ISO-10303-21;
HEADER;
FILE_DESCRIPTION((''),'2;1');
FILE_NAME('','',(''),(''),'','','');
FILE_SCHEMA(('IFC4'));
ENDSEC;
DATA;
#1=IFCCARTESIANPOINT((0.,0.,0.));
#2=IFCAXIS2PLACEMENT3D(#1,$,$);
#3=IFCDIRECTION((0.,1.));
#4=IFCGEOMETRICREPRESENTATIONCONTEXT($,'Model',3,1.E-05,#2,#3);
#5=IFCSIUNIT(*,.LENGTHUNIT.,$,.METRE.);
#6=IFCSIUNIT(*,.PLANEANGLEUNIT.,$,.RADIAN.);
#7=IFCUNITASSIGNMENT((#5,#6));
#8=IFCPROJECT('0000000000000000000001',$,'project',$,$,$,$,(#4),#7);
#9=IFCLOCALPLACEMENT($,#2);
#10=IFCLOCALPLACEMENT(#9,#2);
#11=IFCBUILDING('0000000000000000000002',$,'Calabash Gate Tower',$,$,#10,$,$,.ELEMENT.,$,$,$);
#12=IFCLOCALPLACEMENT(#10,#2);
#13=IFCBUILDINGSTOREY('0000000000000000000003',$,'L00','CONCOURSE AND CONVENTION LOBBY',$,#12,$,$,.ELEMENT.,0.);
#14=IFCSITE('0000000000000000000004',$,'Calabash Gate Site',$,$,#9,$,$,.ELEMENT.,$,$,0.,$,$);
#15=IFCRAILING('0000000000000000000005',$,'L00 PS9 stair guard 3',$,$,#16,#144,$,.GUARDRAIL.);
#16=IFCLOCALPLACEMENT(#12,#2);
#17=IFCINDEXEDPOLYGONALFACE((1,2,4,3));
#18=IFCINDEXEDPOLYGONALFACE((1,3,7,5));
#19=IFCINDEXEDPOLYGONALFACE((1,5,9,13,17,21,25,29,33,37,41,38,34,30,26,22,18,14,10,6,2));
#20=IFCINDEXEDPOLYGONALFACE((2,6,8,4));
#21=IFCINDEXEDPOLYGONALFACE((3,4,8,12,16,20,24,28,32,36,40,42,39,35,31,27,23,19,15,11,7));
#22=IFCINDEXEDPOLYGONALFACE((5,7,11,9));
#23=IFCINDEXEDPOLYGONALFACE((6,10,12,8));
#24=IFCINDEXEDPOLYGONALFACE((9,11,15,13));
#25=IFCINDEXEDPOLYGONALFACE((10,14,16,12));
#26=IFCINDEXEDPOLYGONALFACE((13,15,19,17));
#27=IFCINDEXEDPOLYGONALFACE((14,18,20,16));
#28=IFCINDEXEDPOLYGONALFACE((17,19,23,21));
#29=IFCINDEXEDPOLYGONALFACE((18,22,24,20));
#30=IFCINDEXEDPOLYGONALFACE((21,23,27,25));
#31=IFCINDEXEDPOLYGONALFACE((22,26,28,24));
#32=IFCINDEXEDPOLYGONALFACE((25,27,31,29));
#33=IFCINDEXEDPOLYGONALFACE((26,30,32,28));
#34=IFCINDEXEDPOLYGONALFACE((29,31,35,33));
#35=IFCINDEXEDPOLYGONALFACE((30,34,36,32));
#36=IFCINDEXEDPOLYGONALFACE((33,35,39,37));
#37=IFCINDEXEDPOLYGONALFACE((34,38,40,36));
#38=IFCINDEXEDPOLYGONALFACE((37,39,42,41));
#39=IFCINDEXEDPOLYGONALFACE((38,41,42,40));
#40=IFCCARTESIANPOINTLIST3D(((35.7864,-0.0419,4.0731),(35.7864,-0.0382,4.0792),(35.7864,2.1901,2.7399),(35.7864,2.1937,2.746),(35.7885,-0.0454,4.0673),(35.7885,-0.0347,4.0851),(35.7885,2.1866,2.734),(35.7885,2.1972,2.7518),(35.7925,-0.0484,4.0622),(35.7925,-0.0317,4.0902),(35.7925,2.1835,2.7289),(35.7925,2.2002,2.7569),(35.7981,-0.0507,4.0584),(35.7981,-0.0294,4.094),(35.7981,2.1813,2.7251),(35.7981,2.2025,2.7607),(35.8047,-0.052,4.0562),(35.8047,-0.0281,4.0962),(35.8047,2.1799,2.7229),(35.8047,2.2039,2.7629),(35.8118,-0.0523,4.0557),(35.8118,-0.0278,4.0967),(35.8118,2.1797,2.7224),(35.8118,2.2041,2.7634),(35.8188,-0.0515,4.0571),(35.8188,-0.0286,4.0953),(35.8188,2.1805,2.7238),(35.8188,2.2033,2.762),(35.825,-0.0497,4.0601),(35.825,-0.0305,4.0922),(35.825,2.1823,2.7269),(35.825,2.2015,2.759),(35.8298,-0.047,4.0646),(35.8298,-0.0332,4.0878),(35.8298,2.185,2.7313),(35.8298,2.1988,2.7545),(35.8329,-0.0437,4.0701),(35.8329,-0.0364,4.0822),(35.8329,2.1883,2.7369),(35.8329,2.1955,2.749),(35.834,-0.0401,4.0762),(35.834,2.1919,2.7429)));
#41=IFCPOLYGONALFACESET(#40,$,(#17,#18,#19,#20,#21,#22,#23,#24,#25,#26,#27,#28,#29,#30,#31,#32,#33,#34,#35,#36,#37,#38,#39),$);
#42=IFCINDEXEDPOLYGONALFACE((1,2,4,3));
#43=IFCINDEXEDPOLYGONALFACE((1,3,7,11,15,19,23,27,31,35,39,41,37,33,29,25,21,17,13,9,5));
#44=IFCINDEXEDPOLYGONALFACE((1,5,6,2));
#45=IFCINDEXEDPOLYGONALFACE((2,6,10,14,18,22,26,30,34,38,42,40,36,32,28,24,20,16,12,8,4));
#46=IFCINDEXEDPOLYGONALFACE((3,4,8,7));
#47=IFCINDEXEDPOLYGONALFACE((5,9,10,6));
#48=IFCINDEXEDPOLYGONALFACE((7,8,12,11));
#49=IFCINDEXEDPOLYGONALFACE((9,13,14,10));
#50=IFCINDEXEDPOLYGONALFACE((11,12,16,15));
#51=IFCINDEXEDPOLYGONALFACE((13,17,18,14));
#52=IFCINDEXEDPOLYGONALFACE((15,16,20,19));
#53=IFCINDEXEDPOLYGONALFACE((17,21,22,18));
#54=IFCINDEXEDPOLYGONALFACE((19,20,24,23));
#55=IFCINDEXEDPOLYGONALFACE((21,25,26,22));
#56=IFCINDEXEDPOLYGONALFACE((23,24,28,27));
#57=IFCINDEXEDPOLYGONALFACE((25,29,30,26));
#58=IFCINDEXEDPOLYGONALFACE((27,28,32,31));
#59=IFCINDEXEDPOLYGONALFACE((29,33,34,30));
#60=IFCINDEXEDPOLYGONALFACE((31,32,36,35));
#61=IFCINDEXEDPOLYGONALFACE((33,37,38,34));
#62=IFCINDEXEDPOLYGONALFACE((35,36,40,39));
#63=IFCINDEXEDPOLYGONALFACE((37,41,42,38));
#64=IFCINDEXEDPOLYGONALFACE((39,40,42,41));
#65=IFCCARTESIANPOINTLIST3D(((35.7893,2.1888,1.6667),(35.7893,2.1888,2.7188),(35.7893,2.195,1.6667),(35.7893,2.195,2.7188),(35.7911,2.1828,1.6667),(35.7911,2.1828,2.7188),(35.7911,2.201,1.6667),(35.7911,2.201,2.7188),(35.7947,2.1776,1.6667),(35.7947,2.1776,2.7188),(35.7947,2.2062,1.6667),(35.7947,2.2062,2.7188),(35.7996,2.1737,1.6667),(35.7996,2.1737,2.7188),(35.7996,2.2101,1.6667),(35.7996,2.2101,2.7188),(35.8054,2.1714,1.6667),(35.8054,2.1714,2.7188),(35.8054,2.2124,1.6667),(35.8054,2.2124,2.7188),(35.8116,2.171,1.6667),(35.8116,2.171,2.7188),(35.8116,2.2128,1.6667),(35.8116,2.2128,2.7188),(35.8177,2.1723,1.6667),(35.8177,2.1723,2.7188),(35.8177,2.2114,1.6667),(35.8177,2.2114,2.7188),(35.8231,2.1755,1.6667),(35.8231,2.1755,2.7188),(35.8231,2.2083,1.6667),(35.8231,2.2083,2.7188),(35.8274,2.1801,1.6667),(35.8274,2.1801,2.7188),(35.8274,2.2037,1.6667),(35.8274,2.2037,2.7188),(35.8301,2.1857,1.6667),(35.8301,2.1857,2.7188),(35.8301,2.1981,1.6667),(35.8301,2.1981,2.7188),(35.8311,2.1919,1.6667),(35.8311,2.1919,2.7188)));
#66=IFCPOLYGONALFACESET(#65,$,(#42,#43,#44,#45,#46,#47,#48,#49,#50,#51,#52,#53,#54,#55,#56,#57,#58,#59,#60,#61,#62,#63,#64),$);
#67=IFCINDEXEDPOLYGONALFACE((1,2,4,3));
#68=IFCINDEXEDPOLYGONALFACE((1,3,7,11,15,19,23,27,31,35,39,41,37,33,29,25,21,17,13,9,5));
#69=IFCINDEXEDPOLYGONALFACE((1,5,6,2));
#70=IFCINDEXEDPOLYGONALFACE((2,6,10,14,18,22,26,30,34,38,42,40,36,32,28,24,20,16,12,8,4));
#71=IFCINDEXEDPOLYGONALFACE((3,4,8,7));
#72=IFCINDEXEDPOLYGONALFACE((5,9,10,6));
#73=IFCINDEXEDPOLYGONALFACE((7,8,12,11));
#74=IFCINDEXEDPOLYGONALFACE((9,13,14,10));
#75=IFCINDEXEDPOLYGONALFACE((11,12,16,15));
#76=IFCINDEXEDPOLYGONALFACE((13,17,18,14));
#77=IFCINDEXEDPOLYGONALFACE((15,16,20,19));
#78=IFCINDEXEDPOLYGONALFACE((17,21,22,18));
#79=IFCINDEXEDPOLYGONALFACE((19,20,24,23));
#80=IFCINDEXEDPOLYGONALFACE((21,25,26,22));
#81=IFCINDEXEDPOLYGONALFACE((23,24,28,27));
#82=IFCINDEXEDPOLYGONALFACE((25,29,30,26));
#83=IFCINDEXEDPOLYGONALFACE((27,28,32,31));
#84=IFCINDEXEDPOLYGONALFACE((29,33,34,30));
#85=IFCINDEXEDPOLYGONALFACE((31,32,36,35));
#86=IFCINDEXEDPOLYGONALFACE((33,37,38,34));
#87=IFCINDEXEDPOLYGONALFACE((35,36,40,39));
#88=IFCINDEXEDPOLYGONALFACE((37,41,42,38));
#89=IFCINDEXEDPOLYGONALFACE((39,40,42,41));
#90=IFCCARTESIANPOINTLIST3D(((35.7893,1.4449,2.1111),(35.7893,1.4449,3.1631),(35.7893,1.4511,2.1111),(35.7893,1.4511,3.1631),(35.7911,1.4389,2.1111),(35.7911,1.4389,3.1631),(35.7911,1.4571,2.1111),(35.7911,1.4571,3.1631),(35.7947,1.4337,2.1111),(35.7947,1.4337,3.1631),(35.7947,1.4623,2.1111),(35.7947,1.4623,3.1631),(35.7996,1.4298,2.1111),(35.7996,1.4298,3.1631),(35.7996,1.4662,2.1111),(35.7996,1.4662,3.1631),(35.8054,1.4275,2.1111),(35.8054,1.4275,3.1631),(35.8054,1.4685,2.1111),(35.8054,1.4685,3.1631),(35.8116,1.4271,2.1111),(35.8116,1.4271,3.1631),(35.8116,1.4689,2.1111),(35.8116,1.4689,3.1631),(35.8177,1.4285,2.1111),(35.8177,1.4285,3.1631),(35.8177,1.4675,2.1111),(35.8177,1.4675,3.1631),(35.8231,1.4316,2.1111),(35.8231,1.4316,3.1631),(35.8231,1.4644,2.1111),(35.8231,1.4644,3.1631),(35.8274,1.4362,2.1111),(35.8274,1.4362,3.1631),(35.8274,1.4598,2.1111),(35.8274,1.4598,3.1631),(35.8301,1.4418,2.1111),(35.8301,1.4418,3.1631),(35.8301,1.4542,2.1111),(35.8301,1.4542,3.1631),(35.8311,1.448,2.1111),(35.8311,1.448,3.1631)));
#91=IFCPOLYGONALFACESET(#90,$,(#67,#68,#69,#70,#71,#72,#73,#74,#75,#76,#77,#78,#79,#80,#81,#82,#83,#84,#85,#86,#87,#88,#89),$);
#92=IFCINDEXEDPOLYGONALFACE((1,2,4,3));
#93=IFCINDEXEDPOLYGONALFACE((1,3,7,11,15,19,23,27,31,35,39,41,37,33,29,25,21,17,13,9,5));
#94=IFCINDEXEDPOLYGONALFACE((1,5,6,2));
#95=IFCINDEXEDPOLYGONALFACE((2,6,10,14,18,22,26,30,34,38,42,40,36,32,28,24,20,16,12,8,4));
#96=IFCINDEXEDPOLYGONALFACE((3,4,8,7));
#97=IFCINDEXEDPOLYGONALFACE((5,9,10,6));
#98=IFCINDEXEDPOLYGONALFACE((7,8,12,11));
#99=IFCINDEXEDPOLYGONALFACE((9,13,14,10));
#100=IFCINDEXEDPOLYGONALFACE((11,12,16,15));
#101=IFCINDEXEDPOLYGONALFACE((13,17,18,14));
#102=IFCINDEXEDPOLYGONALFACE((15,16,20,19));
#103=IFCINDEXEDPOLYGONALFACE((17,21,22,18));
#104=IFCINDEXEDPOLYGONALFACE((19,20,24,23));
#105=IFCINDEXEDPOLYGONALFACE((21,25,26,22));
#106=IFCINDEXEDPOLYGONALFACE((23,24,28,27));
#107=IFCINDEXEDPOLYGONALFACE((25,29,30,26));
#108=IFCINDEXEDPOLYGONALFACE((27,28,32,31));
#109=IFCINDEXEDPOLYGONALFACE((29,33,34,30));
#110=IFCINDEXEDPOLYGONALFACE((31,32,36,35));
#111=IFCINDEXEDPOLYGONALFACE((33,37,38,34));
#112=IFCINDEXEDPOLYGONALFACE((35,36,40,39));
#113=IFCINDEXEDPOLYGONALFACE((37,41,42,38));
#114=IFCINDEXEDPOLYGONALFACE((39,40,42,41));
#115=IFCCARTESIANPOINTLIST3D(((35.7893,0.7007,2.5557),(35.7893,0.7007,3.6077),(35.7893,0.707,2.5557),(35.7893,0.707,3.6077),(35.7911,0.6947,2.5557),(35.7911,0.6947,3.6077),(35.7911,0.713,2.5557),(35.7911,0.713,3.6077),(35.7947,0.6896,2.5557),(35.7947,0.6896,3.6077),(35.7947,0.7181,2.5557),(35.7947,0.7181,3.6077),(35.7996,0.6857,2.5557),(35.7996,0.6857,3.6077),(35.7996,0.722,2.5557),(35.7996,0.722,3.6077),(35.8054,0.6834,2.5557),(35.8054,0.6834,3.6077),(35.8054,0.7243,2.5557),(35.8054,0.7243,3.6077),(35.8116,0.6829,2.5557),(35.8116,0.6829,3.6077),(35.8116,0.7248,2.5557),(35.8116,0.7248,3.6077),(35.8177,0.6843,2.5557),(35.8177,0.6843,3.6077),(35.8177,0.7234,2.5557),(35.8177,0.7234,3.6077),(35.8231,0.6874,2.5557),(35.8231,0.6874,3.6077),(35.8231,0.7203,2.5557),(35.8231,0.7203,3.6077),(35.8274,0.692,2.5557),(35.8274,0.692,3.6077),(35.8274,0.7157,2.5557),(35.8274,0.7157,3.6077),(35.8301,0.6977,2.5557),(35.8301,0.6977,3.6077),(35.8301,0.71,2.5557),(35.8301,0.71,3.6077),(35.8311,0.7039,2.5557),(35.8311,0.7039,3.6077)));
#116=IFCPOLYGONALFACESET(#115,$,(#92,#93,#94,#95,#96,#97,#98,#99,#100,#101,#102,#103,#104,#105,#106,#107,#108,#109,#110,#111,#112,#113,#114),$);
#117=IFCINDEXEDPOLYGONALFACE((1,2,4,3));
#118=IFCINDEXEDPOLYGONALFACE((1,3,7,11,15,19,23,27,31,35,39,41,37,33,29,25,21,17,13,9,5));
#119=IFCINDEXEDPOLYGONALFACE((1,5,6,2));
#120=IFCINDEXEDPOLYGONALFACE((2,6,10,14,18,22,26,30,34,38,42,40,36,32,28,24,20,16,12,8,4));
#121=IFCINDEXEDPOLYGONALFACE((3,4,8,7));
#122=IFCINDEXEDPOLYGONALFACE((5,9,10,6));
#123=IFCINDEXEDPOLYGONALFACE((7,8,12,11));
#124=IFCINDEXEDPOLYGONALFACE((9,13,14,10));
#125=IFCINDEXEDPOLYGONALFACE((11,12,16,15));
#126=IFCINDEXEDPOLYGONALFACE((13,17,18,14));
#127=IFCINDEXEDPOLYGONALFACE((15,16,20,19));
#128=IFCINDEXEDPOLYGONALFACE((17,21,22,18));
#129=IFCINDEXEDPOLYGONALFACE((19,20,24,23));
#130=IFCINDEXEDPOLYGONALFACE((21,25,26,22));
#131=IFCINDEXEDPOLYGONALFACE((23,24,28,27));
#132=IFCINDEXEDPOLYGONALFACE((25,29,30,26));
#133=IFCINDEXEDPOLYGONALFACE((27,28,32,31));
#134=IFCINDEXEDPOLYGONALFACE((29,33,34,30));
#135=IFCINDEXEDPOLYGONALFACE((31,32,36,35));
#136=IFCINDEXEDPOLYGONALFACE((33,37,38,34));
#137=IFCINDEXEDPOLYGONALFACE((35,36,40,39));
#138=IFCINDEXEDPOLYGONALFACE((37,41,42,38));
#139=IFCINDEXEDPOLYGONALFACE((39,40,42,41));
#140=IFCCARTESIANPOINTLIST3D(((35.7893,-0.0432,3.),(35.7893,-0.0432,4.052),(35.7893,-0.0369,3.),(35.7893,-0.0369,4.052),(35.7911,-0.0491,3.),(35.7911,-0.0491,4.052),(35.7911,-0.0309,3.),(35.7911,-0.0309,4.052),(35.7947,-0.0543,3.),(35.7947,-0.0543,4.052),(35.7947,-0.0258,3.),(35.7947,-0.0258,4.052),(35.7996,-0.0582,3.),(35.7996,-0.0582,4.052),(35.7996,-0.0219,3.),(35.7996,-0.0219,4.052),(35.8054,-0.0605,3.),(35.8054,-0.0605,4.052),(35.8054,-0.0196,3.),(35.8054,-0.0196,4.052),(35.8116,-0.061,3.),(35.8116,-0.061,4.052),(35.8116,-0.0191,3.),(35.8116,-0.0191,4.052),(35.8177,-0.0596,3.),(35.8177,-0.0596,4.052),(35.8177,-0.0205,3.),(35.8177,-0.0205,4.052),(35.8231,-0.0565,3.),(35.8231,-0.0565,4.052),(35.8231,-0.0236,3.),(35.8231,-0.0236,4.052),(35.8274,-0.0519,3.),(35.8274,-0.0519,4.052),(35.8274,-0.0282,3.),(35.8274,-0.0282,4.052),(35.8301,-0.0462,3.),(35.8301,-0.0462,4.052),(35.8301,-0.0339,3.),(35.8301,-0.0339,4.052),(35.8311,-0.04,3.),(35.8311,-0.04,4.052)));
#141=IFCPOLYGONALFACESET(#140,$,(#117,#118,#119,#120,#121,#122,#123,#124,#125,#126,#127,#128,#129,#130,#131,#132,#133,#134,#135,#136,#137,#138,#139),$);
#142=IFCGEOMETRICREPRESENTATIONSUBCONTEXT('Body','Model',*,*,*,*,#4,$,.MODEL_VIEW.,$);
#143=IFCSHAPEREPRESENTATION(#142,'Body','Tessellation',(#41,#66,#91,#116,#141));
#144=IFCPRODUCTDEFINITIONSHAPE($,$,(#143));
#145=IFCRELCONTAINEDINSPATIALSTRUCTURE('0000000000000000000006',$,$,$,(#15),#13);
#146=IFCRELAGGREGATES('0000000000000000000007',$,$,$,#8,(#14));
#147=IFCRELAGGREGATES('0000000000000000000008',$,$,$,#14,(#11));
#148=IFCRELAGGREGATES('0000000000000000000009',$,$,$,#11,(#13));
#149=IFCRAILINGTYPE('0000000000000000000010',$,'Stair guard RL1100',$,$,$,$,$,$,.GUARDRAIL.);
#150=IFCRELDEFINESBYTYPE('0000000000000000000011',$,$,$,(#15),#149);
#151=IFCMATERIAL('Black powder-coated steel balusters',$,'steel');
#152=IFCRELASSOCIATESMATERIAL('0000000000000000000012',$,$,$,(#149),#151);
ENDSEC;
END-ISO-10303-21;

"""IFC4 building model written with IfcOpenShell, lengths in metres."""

from ifc_helpers import new_model, si_unit, direction, frame, origin, origin_2d, place, context, subcontext, project, spatial, circle, extrude, material, type_object, element, save


model = new_model("IFC4")

# Units and contexts
model_context = context("Model", 3, precision=1e-05, world=origin(), true_north=direction((0.0, 1.0)))
body_context = subcontext(model_context, "Body", "Model", "MODEL_VIEW")
ifc_project = project(units=[si_unit("LENGTHUNIT", "METRE"), si_unit("PLANEANGLEUNIT", "RADIAN")], contexts=[model_context])

# Site, building, storey
site_placement = place(None, origin())
site = spatial("IfcSite", under=ifc_project, at=site_placement, Name="Calabash Gate Site", CompositionType="ELEMENT", RefElevation=0.0)
building_placement = place(site_placement, origin())
building = spatial("IfcBuilding", under=site, at=building_placement, Name="Calabash Gate Tower", CompositionType="ELEMENT")
storey_placement = place(building_placement, origin())
storey = spatial("IfcBuildingStorey", under=building, at=storey_placement, Name="L00", Description="CONCOURSE AND CONVENTION LOBBY", CompositionType="ELEMENT", Elevation=0.0)

# Railing
ifc_material_1 = material(Name="Black powder-coated steel balusters", Category="steel")
railing_type_1 = type_object("IfcRailingType", Name="Stair guard RL1100", PredefinedType="GUARDRAIL", material=ifc_material_1)
railing_1_placement = place(storey_placement, frame((35.8101, 2.1919, 1.6667)))
element("IfcRailing", 1, at=railing_1_placement, inside=storey, type_object=railing_type_1, Name="L00 PS9 stair guard 3", PredefinedType="GUARDRAIL", context=body_context, shape_type="SweptSolid", body=[
    extrude(circle(Radius=0.0239, at=origin_2d()), frame((0.0, 0.0, 1.0762), z_axis=(0.0, -0.858494, 0.512824), x_axis=(1.0, 0.0, 0.0)), (0.0, 0.0, 1.0), 2.5999),
    extrude(circle(Radius=0.021, at=origin_2d()), origin(), (0.0, 0.0, 1.0), 1.052),
    extrude(circle(Radius=0.021, at=origin_2d()), frame((0.0, -0.7439, 0.4443)), (0.0, 0.0, 1.0), 1.052),
    extrude(circle(Radius=0.021, at=origin_2d()), frame((0.0, -1.488, 0.8889)), (0.0, 0.0, 1.0), 1.052),
    extrude(circle(Radius=0.021, at=origin_2d()), frame((0.0, -2.2319, 1.3333)), (0.0, 0.0, 1.0), 1.052),
])

save(model, "model.ifc")
